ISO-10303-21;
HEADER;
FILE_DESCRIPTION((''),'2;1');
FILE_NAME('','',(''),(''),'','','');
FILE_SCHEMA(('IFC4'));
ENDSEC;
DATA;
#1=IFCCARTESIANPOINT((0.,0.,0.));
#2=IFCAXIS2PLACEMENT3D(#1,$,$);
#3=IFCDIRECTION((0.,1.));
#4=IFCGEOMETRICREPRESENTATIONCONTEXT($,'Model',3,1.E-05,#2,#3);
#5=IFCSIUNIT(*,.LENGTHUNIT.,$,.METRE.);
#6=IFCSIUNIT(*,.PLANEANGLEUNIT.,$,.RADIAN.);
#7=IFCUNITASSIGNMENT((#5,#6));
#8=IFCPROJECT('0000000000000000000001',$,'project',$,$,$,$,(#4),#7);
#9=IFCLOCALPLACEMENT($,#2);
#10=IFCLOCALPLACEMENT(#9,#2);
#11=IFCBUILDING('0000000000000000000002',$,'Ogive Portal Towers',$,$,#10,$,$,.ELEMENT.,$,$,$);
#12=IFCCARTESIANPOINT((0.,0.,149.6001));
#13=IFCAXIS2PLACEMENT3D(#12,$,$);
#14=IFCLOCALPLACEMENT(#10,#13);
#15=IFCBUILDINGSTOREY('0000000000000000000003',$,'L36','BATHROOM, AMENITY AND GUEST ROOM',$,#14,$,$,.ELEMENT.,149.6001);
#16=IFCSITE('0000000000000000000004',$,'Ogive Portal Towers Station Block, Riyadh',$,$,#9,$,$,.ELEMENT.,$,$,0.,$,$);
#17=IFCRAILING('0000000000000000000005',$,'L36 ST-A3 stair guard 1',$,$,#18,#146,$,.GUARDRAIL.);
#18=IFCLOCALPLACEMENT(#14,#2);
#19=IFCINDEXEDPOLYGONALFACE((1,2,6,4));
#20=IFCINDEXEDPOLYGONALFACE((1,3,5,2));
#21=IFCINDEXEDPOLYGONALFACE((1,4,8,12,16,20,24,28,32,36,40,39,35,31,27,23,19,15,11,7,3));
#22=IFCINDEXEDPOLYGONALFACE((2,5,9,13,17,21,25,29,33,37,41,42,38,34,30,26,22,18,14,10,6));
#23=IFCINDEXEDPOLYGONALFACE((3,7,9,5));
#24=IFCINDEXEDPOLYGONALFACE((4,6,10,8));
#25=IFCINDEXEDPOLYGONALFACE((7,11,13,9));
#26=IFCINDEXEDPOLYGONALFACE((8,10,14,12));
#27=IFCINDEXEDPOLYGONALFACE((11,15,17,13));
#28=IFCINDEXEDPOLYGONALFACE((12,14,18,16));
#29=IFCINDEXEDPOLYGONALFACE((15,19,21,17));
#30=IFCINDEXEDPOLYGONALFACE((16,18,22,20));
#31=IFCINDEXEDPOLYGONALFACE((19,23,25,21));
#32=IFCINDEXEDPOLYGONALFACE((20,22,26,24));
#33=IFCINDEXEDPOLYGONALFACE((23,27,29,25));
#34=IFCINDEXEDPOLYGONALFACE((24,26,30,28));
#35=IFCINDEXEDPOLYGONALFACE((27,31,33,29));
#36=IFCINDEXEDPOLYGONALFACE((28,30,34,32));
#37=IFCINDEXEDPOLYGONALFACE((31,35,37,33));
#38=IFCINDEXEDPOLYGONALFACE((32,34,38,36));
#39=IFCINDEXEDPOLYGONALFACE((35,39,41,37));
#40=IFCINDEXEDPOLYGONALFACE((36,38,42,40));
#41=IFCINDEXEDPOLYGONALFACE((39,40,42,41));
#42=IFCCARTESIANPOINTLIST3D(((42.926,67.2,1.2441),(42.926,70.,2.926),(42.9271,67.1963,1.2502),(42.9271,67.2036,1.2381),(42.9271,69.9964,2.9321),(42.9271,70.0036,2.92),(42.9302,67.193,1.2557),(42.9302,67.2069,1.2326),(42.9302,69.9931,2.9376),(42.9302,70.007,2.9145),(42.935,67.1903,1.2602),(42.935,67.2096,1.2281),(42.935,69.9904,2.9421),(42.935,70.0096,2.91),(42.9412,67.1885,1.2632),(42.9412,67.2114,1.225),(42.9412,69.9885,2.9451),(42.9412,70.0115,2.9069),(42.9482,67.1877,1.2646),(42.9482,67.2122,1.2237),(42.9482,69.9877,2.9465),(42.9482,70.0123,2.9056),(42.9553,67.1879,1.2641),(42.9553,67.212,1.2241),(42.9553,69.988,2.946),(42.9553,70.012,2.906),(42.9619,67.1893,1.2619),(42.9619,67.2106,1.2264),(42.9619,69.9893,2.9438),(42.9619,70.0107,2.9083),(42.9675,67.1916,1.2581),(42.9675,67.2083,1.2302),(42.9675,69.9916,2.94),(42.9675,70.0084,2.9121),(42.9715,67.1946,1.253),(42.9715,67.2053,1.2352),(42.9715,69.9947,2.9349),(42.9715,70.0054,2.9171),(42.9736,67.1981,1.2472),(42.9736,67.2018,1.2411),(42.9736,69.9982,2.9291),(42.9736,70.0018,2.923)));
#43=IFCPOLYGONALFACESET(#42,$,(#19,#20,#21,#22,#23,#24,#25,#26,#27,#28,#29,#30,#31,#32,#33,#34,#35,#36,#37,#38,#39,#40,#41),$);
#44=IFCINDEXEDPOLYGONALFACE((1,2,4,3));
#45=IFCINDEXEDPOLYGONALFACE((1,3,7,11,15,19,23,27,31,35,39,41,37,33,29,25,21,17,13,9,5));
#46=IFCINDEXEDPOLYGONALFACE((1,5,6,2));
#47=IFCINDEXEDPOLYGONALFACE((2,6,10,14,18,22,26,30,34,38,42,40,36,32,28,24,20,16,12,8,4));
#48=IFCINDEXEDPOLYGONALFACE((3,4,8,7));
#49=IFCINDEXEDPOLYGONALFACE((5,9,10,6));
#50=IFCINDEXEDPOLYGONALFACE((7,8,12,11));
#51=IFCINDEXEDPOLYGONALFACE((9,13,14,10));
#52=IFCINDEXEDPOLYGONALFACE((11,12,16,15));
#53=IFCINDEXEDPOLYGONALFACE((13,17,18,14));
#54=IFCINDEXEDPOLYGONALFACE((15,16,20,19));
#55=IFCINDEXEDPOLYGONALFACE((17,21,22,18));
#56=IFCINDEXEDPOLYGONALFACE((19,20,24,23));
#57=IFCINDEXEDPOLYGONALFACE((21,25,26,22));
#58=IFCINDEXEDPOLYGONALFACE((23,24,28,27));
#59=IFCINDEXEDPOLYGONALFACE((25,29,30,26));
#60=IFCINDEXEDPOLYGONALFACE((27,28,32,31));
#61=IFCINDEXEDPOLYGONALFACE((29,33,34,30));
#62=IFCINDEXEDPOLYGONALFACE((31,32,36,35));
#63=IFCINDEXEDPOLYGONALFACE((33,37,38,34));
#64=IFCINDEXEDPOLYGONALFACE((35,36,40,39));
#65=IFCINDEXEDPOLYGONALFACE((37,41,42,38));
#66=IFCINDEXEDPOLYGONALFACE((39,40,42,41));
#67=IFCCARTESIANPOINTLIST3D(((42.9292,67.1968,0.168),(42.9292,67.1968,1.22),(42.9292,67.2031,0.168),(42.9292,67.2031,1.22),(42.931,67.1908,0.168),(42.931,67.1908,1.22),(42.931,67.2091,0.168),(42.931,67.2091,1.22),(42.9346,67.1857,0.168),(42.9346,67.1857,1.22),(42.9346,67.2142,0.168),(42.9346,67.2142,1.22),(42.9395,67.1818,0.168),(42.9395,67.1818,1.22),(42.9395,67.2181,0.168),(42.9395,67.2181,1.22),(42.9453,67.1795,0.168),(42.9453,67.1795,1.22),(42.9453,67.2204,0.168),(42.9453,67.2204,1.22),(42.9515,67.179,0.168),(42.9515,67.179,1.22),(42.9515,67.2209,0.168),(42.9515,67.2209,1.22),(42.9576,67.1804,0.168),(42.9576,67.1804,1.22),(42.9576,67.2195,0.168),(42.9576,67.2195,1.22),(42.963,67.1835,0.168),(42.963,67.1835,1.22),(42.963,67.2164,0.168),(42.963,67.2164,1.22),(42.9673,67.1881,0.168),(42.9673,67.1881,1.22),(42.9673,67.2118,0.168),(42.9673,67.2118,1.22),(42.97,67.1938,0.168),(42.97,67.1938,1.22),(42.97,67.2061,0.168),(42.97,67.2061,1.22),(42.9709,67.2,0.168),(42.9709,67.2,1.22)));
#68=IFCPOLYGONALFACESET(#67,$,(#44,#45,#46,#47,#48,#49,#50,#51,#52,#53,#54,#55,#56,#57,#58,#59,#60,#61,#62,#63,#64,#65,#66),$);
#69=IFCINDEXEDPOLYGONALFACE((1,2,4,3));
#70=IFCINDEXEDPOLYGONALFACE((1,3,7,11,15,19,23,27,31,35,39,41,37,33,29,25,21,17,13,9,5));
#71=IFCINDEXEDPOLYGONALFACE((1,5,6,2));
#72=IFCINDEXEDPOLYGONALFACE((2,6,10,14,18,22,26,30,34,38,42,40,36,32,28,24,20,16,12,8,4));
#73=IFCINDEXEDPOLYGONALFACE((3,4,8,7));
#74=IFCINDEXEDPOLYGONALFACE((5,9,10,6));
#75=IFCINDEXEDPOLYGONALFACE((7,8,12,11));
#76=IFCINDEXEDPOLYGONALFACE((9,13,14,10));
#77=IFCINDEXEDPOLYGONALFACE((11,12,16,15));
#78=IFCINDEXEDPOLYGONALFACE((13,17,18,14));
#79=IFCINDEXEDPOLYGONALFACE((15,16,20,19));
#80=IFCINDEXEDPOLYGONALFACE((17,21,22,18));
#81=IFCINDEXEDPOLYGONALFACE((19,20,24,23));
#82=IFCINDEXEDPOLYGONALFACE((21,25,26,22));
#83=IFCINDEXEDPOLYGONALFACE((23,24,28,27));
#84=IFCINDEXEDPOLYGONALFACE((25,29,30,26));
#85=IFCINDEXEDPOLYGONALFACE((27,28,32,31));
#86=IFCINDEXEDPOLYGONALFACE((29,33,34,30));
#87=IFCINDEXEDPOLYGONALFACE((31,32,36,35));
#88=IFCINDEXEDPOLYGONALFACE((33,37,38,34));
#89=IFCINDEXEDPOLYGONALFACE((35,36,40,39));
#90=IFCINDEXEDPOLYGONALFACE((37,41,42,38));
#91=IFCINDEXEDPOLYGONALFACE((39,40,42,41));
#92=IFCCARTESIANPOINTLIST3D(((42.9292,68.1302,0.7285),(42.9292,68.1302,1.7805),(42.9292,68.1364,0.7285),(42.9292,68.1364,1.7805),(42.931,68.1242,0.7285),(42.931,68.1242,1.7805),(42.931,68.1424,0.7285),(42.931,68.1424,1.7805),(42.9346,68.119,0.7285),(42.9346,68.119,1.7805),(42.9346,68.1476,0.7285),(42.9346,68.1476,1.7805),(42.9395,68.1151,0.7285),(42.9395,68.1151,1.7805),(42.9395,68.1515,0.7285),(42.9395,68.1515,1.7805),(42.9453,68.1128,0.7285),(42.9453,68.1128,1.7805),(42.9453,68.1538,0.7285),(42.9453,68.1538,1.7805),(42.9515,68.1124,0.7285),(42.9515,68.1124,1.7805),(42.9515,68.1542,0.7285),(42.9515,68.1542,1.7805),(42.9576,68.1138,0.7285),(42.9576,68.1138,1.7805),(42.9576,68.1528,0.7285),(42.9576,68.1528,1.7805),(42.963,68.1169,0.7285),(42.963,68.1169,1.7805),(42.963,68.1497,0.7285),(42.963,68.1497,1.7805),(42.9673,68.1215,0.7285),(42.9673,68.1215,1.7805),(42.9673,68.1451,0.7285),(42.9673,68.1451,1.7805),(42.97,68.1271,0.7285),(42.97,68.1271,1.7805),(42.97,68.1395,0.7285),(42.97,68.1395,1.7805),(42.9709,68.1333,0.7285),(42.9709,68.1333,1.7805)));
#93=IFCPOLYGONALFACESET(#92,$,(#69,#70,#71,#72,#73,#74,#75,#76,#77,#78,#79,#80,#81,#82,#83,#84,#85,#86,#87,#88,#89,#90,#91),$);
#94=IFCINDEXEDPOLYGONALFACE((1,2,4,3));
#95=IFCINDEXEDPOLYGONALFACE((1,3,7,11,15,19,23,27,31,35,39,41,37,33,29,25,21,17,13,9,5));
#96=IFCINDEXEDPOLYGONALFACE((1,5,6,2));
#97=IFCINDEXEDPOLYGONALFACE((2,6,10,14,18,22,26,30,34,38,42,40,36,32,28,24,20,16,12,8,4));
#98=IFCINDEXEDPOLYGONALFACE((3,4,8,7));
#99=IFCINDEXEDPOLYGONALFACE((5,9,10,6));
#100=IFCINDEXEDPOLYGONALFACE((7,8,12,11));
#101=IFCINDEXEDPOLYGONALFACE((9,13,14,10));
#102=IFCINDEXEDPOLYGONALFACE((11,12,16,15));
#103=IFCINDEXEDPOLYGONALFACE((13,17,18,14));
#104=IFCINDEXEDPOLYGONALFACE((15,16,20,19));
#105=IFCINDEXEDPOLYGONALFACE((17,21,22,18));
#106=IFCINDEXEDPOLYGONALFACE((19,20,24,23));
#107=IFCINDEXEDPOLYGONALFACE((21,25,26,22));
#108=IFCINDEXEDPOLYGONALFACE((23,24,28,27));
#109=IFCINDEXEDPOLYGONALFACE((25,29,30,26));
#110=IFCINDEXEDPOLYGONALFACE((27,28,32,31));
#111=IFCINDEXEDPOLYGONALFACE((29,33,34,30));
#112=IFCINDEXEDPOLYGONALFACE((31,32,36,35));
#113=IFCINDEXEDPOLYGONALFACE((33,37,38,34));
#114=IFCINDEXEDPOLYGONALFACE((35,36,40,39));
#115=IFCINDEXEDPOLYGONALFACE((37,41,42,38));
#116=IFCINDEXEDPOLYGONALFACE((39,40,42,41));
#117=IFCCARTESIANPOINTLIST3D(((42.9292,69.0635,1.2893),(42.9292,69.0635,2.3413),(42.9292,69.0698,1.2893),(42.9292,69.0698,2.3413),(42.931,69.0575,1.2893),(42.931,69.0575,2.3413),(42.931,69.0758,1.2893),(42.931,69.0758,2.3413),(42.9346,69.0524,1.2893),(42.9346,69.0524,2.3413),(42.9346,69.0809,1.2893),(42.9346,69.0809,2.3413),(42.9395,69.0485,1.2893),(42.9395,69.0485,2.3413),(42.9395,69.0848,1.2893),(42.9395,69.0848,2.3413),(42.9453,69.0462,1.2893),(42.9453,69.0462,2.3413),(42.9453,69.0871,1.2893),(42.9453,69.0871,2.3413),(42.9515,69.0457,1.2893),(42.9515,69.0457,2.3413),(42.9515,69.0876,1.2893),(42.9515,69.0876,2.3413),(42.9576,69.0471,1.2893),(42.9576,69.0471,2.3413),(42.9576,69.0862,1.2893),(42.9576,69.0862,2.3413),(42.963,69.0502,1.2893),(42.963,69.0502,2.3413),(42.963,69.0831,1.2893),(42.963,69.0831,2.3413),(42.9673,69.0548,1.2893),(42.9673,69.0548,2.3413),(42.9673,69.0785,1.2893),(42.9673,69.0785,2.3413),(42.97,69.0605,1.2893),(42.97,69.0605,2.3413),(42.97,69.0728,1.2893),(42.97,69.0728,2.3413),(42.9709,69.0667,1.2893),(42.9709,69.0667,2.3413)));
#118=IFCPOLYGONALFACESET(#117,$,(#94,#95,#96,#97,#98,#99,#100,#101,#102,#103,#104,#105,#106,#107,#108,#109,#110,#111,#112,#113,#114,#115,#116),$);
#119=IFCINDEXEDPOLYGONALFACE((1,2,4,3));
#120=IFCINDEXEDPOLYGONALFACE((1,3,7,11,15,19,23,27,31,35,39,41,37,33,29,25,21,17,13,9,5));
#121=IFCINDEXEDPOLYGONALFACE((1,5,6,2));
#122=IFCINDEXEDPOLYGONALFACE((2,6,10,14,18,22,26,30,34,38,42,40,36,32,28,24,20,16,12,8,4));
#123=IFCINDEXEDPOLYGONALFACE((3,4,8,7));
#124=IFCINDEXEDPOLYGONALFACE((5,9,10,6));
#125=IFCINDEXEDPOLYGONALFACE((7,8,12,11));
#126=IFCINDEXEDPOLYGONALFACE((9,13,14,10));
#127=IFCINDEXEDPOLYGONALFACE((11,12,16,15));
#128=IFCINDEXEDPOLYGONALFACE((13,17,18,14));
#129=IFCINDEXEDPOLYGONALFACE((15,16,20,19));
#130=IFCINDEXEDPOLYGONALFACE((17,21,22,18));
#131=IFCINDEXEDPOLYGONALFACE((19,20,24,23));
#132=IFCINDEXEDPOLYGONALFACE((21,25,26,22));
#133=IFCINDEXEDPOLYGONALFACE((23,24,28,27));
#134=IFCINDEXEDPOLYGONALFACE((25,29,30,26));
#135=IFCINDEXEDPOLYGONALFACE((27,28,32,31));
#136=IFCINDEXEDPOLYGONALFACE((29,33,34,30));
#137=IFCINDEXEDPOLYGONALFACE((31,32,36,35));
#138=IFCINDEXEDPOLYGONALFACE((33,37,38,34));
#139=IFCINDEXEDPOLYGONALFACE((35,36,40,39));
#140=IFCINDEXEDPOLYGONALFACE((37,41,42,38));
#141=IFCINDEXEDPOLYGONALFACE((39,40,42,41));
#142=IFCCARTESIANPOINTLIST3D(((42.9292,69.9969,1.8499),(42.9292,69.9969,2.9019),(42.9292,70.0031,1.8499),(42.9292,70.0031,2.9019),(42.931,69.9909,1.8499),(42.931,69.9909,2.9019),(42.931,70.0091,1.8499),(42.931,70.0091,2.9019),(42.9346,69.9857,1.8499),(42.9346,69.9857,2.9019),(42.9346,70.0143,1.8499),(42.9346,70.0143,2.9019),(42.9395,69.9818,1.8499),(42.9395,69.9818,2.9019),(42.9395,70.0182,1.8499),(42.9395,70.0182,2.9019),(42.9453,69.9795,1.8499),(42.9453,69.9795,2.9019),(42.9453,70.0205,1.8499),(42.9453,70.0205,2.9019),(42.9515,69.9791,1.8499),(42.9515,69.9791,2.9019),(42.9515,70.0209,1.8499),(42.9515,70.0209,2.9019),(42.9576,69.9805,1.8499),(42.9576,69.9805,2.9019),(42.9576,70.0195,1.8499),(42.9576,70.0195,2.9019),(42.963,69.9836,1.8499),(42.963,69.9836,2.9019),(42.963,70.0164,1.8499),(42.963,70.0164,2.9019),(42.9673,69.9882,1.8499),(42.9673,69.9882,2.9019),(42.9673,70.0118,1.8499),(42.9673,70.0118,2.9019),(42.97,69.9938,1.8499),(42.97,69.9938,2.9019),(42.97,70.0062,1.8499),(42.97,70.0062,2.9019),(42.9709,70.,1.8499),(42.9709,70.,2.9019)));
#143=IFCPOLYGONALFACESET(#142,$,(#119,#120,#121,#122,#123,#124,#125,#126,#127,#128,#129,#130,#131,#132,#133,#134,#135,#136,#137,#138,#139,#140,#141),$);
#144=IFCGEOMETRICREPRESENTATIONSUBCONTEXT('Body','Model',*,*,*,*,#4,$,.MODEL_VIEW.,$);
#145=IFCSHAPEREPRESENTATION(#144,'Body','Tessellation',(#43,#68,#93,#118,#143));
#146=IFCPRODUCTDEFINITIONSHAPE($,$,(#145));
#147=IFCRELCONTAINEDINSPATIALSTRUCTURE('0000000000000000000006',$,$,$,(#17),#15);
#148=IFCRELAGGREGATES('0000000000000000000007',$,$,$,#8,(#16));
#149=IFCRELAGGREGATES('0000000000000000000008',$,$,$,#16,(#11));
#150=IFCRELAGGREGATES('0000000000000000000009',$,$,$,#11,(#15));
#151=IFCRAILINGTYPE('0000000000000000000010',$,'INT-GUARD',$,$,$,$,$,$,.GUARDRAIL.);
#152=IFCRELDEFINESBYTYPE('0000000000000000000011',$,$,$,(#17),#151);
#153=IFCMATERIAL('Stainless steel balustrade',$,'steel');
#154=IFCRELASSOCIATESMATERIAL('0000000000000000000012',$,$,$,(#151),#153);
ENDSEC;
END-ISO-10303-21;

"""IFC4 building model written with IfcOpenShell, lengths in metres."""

from ifc_helpers import new_model, si_unit, direction, frame, origin, origin_2d, place, context, subcontext, project, spatial, circle, extrude, material, type_object, element, save


model = new_model("IFC4")

# Units and contexts
model_context = context("Model", 3, precision=1e-05, world=origin(), true_north=direction((0.0, 1.0)))
body_context = subcontext(model_context, "Body", "Model", "MODEL_VIEW")
ifc_project = project(units=[si_unit("LENGTHUNIT", "METRE"), si_unit("PLANEANGLEUNIT", "RADIAN")], contexts=[model_context])

# Site, building, storey
site_placement = place(None, origin())
site = spatial("IfcSite", under=ifc_project, at=site_placement, Name="Ogive Portal Towers Station Block, Riyadh", CompositionType="ELEMENT", RefElevation=0.0)
building_placement = place(site_placement, origin())
building = spatial("IfcBuilding", under=site, at=building_placement, Name="Ogive Portal Towers", CompositionType="ELEMENT")
storey_placement = place(building_placement, frame((0.0, 0.0, 149.6001)))
storey = spatial("IfcBuildingStorey", under=building, at=storey_placement, Name="L36", Description="BATHROOM, AMENITY AND GUEST ROOM", CompositionType="ELEMENT", Elevation=149.6001)

# Railing
ifc_material_1 = material(Name="Stainless steel balustrade", Category="steel")
railing_type_1 = type_object("IfcRailingType", Name="INT-GUARD", PredefinedType="GUARDRAIL", material=ifc_material_1)
railing_1_placement = place(storey_placement, frame((42.95, 67.2, 0.168)))
element("IfcRailing", 1, at=railing_1_placement, inside=storey, type_object=railing_type_1, Name="L36 ST-A3 stair guard 1", PredefinedType="GUARDRAIL", context=body_context, shape_type="SweptSolid", body=[
    extrude(circle(Radius=0.0239, at=origin_2d()), frame((0.0, 0.0, 1.0762), z_axis=(0.0, 0.857242, 0.514913), x_axis=(-1.0, 0.0, 0.0)), (0.0, 0.0, 1.0), 3.2664),
    extrude(circle(Radius=0.021, at=origin_2d()), origin(), (0.0, 0.0, 1.0), 1.052),
    extrude(circle(Radius=0.021, at=origin_2d()), frame((0.0, 0.9333, 0.5605)), (0.0, 0.0, 1.0), 1.052),
    extrude(circle(Radius=0.021, at=origin_2d()), frame((0.0, 1.8667, 1.1213)), (0.0, 0.0, 1.0), 1.052),
    extrude(circle(Radius=0.021, at=origin_2d()), frame((0.0, 2.8, 1.6819)), (0.0, 0.0, 1.0), 1.052),
])

save(model, "model.ifc")
